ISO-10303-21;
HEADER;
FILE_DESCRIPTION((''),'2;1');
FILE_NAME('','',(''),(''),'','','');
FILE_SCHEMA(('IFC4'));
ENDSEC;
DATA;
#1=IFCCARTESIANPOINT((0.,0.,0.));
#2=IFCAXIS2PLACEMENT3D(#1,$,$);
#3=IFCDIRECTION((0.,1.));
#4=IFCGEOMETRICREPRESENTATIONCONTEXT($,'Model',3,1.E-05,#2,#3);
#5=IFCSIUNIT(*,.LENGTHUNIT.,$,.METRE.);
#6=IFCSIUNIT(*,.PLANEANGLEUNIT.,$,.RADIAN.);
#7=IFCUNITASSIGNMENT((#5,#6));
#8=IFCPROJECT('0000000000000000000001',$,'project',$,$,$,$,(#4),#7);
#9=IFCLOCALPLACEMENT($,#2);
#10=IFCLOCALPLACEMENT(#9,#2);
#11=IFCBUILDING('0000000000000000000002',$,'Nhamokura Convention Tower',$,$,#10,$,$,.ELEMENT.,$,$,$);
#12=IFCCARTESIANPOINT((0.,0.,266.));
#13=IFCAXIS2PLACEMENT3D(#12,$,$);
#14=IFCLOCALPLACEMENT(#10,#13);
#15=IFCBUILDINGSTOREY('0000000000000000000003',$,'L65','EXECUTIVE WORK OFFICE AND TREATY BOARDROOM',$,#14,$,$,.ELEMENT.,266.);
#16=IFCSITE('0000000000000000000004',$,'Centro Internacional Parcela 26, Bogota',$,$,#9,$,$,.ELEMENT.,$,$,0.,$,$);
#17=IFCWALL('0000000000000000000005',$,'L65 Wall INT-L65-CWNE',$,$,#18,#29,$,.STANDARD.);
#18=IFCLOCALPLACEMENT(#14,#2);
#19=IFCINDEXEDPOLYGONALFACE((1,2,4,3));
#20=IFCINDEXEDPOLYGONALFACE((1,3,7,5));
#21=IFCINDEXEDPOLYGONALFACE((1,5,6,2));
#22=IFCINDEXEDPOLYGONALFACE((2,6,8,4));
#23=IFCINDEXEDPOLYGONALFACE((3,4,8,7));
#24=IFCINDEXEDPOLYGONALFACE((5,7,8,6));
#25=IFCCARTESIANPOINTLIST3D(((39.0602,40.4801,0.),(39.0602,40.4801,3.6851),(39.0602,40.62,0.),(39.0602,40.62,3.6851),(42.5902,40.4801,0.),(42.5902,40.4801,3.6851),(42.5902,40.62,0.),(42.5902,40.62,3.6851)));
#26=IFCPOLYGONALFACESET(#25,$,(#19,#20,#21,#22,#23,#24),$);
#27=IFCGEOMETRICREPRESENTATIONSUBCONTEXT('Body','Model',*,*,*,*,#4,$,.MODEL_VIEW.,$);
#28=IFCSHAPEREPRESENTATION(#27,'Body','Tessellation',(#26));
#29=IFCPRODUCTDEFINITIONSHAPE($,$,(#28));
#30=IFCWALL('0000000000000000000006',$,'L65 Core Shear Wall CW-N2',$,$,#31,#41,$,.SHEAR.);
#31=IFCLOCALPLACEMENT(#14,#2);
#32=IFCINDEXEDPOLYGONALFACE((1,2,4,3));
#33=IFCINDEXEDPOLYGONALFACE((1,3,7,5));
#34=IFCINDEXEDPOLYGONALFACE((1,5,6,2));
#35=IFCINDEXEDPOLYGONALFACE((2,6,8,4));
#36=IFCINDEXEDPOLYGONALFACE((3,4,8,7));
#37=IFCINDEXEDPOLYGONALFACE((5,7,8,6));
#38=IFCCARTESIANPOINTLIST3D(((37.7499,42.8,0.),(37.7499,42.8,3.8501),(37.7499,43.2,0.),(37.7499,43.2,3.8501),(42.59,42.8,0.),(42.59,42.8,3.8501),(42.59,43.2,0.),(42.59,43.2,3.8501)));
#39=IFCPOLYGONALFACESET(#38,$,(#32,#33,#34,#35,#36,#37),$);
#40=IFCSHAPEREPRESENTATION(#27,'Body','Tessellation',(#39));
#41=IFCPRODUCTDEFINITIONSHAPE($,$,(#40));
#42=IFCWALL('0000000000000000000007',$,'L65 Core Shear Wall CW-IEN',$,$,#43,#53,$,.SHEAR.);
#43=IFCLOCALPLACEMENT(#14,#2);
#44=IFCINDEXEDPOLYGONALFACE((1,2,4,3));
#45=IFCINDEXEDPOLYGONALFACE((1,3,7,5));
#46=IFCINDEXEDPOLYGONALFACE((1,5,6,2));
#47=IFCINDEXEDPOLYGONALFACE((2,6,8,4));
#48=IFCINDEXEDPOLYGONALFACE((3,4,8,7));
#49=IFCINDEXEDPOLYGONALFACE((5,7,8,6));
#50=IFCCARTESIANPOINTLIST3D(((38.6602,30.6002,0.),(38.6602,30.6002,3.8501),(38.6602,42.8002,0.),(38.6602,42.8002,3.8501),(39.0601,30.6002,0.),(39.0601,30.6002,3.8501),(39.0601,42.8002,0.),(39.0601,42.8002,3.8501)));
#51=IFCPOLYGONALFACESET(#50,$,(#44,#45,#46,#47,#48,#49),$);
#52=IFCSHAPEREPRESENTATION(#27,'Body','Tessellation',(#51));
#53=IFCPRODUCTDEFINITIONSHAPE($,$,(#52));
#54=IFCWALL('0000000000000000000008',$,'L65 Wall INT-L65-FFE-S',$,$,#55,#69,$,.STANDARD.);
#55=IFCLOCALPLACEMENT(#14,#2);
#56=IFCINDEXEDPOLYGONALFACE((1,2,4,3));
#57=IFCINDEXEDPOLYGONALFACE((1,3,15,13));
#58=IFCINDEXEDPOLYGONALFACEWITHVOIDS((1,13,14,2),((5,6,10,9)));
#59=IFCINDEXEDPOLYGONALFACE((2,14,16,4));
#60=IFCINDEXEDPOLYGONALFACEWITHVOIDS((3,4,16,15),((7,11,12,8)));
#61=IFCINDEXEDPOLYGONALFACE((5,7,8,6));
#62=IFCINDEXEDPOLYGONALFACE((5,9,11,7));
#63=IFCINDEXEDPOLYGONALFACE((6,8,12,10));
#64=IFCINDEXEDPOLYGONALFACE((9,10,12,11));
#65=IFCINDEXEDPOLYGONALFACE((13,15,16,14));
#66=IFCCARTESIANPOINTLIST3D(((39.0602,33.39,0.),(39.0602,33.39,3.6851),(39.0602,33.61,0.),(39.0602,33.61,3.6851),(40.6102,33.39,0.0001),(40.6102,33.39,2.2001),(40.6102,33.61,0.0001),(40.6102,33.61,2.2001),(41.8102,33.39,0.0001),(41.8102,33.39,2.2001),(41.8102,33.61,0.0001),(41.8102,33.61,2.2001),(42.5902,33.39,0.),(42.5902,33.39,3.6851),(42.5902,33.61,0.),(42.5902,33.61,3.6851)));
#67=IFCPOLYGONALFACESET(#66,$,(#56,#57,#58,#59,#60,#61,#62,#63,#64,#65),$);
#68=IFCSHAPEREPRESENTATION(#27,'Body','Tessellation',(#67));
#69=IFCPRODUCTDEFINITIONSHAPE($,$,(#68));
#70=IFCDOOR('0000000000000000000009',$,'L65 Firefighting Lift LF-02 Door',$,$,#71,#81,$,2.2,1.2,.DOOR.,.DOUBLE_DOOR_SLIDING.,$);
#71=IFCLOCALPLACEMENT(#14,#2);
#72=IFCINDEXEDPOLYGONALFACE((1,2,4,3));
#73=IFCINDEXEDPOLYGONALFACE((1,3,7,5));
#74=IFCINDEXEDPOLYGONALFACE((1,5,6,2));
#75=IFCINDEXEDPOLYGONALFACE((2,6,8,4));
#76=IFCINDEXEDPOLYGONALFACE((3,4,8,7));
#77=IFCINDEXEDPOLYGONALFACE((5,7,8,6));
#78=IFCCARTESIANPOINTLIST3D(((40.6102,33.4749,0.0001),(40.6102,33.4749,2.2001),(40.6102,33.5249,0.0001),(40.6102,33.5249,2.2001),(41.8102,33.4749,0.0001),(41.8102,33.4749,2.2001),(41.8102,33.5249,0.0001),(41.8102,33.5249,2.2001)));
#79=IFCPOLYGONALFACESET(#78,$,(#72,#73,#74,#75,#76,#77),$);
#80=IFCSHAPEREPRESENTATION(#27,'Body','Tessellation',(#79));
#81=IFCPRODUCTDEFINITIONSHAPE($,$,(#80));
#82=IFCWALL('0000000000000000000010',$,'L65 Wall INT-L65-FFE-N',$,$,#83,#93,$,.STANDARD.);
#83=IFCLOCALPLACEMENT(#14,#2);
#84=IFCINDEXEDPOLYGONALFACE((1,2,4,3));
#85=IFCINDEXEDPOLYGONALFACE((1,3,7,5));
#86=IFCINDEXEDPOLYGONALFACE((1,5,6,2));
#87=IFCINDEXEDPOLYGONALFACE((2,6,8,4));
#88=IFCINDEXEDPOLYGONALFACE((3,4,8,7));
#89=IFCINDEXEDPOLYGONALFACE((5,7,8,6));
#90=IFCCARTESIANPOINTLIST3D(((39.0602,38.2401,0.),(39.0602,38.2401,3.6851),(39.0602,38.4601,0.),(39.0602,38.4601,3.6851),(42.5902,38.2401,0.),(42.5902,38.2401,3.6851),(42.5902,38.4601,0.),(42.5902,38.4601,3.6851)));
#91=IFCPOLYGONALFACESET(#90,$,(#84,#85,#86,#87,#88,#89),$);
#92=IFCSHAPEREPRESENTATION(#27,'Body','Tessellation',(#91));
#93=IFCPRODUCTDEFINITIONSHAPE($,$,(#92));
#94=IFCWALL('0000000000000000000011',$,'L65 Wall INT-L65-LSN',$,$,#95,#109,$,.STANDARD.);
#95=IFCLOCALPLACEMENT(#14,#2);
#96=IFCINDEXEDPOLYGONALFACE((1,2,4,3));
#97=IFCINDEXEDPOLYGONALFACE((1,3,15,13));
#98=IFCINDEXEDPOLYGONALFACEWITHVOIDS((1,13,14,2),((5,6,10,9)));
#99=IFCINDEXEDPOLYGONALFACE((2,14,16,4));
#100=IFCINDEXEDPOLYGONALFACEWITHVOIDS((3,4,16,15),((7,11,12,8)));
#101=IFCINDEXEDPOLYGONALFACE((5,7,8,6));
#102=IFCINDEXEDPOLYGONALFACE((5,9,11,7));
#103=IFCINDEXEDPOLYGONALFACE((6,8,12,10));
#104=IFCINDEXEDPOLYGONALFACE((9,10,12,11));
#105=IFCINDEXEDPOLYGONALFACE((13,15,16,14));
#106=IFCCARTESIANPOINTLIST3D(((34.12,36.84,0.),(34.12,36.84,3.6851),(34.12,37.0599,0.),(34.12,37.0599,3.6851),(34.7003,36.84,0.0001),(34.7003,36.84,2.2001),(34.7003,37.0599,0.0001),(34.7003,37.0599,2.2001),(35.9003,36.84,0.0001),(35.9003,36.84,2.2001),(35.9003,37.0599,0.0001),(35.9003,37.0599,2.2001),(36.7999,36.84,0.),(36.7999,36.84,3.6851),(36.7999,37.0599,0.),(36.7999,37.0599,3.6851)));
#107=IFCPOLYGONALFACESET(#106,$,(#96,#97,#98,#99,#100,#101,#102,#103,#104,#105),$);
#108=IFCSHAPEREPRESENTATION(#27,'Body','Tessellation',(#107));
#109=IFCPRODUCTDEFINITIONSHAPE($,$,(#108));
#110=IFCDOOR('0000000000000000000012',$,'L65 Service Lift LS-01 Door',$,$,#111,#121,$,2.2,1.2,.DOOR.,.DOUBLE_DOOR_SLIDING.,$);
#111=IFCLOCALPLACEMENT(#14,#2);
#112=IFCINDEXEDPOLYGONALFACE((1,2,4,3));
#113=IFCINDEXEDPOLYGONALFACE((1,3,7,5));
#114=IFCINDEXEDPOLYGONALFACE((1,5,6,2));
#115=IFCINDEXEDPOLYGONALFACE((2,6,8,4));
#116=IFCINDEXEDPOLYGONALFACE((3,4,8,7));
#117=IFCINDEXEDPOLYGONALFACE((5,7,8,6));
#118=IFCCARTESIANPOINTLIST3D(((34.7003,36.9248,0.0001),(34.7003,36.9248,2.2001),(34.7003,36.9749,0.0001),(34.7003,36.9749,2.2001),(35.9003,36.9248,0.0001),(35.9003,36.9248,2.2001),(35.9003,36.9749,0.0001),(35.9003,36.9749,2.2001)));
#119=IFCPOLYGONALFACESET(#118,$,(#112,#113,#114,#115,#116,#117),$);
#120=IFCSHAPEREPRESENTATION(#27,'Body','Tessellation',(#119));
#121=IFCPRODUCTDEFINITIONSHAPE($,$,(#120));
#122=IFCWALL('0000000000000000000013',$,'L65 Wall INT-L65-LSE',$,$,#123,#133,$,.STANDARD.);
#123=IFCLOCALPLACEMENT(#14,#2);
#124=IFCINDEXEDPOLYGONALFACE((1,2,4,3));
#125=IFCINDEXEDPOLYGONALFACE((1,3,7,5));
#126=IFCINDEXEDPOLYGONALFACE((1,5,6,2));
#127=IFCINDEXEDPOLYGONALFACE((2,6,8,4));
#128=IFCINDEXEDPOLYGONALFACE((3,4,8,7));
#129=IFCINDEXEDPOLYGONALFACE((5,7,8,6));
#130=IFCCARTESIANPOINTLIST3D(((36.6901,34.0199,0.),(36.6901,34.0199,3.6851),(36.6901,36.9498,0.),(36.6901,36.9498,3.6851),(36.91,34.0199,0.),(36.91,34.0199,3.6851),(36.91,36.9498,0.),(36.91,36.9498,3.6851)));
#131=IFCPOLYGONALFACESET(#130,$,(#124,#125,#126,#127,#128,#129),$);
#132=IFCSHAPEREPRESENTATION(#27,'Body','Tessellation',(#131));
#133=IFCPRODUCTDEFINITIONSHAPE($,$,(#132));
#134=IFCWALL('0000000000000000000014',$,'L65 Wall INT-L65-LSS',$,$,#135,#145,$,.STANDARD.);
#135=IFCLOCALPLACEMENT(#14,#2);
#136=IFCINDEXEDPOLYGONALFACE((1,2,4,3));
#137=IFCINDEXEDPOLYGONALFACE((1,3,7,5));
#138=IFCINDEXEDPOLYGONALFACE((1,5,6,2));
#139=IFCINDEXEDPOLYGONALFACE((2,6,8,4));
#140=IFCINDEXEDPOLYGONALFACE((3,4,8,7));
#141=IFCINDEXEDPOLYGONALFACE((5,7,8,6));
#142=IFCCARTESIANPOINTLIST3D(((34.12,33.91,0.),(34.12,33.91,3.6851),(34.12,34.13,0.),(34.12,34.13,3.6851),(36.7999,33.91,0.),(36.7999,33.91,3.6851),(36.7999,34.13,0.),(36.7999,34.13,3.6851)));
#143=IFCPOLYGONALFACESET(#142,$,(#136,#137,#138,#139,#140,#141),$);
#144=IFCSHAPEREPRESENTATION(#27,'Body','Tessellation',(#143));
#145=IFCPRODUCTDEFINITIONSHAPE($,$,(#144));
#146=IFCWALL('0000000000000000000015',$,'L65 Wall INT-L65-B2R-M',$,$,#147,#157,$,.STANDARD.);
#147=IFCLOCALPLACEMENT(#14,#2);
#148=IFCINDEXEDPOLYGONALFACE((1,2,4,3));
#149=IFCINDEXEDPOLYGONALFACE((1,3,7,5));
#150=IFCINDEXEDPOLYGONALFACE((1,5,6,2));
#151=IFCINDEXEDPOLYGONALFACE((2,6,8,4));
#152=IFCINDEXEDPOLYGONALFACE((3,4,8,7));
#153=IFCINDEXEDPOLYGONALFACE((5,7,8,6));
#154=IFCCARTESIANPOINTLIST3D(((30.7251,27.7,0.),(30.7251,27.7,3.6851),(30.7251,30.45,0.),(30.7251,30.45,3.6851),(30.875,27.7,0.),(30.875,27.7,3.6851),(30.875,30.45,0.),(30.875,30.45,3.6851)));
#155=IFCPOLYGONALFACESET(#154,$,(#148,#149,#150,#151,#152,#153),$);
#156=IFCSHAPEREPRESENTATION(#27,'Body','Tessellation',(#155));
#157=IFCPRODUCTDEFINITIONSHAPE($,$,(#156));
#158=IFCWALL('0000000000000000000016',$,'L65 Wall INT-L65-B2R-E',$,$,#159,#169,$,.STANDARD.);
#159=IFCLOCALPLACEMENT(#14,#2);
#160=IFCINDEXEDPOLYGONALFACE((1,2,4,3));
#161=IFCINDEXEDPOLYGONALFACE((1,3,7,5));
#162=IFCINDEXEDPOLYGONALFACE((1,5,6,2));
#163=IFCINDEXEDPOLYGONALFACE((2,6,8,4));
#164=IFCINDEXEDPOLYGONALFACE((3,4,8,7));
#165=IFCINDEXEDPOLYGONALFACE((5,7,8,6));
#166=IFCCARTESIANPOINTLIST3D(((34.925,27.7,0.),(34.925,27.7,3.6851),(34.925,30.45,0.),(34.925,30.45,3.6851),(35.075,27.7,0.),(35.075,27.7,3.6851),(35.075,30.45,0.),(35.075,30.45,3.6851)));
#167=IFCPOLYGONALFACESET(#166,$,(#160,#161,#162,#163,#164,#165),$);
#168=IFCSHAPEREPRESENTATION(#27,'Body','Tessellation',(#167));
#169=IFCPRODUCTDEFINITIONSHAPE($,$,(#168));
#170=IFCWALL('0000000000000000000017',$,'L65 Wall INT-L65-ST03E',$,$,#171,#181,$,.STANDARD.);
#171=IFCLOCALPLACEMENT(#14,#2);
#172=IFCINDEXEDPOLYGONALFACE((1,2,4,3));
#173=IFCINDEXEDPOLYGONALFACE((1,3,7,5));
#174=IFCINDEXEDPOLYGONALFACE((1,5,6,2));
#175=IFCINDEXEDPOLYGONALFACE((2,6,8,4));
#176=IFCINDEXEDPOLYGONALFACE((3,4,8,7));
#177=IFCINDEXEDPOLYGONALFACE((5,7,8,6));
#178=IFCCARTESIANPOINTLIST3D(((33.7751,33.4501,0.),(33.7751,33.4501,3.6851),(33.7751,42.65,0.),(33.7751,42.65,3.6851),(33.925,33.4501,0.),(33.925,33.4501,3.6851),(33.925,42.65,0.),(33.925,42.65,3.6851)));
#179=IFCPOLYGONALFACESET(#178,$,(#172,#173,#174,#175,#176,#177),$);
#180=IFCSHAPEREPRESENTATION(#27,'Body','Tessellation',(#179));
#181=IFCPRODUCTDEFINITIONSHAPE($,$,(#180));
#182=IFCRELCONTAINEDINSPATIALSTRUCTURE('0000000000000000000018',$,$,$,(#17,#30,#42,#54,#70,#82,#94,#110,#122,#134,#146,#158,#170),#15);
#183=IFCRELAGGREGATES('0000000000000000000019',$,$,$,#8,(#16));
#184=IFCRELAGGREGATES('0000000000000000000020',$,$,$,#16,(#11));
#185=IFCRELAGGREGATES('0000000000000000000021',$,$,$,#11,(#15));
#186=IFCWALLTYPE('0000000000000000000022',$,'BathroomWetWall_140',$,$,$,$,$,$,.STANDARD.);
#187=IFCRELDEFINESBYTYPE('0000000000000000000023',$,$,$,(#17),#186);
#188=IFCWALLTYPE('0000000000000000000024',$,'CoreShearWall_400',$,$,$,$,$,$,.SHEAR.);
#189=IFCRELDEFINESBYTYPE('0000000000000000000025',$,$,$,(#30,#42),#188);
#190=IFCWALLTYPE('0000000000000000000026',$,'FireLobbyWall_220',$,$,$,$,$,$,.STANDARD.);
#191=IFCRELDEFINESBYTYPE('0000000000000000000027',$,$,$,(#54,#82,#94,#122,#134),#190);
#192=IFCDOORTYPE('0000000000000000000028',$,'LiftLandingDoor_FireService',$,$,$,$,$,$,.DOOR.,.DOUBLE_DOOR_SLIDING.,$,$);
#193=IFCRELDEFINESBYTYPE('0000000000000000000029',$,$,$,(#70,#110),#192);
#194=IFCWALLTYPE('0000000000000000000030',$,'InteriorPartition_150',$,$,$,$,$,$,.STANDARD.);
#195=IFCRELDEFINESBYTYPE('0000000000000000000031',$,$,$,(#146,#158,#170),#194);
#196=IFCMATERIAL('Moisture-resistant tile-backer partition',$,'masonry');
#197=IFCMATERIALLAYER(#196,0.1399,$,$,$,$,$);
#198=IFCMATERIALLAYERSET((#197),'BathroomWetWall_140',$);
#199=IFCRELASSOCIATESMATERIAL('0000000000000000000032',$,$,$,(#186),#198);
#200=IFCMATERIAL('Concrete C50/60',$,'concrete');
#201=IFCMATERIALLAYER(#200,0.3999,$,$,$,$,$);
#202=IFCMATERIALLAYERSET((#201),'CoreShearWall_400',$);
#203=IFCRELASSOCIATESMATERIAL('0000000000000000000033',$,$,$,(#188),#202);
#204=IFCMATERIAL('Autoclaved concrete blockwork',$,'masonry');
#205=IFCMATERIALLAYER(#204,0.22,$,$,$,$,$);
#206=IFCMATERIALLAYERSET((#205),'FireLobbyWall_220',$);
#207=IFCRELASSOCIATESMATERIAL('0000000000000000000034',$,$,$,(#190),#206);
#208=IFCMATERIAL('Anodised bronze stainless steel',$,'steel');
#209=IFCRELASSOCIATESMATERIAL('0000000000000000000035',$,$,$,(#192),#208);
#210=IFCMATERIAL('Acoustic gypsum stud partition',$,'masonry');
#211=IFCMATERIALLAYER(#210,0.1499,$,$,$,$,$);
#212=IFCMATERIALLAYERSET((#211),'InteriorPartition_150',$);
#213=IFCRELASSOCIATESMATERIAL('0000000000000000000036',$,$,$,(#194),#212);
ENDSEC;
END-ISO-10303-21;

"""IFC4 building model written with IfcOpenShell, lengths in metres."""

from ifc_helpers import new_model, si_unit, direction, frame, frame_2d, origin, place, context, subcontext, project, spatial, rectangle, extrude, material, layer, layer_set, type_object, element, fill, save


model = new_model("IFC4")

# Units and contexts
model_context = context("Model", 3, precision=1e-05, world=origin(), true_north=direction((0.0, 1.0)))
body_context = subcontext(model_context, "Body", "Model", "MODEL_VIEW")
ifc_project = project(units=[si_unit("LENGTHUNIT", "METRE"), si_unit("PLANEANGLEUNIT", "RADIAN")], contexts=[model_context])

# Site, building, storey
site_placement = place(None, origin())
site = spatial("IfcSite", under=ifc_project, at=site_placement, Name="Centro Internacional Parcela 26, Bogota", CompositionType="ELEMENT", RefElevation=0.0)
building_placement = place(site_placement, origin())
building = spatial("IfcBuilding", under=site, at=building_placement, Name="Nhamokura Convention Tower", CompositionType="ELEMENT")
storey_placement = place(building_placement, frame((0.0, 0.0, 266.0)))
storey = spatial("IfcBuildingStorey", under=building, at=storey_placement, Name="L65", Description="EXECUTIVE WORK OFFICE AND TREATY BOARDROOM", CompositionType="ELEMENT", Elevation=266.0)

# Walls
ifc_material_1 = material(Name="Moisture-resistant tile-backer partition", Category="masonry")
ifc_layer_1 = layer(ifc_material_1, 0.1399)
ifc_layer_set_1 = layer_set([ifc_layer_1], Name="BathroomWetWall_140")
wall_type_1 = type_object("IfcWallType", Name="BathroomWetWall_140", PredefinedType="STANDARD", material=ifc_layer_set_1)
wall_1_placement = place(storey_placement, frame((39.0601, 40.55, 0.0), z_axis=(0.0, 0.0, 1.0), x_axis=(1.0, 0.0, 0.0)))
element("IfcWall", 1, at=wall_1_placement, inside=storey, type_object=wall_type_1, Name="L65 Wall INT-L65-CWNE", PredefinedType="STANDARD", context=body_context, shape_type="SweptSolid", body=[
    extrude(rectangle(XDim=3.53, YDim=0.1399, at=frame_2d((1.7651, 0.0))), origin(), (0.0, 0.0, 1.0), 3.6851),
])
ifc_material_2 = material(Name="Concrete C50/60", Category="concrete")
ifc_layer_2 = layer(ifc_material_2, 0.3999)
ifc_layer_set_2 = layer_set([ifc_layer_2], Name="CoreShearWall_400")
wall_type_2 = type_object("IfcWallType", Name="CoreShearWall_400", PredefinedType="SHEAR", material=ifc_layer_set_2)
wall_2_placement = place(storey_placement, frame((37.75, 43.0, 0.0), z_axis=(0.0, 0.0, 1.0), x_axis=(1.0, 0.0, 0.0)))
element("IfcWall", 2, at=wall_2_placement, inside=storey, type_object=wall_type_2, Name="L65 Core Shear Wall CW-N2", PredefinedType="SHEAR", context=body_context, shape_type="SweptSolid", body=[
    extrude(rectangle(XDim=4.8401, YDim=0.3999, at=frame_2d((2.4199, 0.0))), origin(), (0.0, 0.0, 1.0), 3.8501),
])
wall_3_placement = place(storey_placement, frame((38.8601, 30.6001, 0.0), z_axis=(0.0, 0.0, 1.0), x_axis=(0.0, 1.0, 0.0)))
element("IfcWall", 3, at=wall_3_placement, inside=storey, type_object=wall_type_2, Name="L65 Core Shear Wall CW-IEN", PredefinedType="SHEAR", context=body_context, shape_type="SweptSolid", body=[
    extrude(rectangle(XDim=12.2, YDim=0.3999, at=frame_2d((6.1001, 0.0))), origin(), (0.0, 0.0, 1.0), 3.8501),
])

# Wall, opening, door
ifc_material_3 = material(Name="Autoclaved concrete blockwork", Category="masonry")
ifc_layer_3 = layer(ifc_material_3, 0.22)
ifc_layer_set_3 = layer_set([ifc_layer_3], Name="FireLobbyWall_220")
wall_type_3 = type_object("IfcWallType", Name="FireLobbyWall_220", PredefinedType="STANDARD", material=ifc_layer_set_3)
wall_4_placement = place(storey_placement, frame((39.0601, 33.5, 0.0), z_axis=(0.0, 0.0, 1.0), x_axis=(1.0, 0.0, 0.0)))
wall_4 = element("IfcWall", 4, at=wall_4_placement, inside=storey, type_object=wall_type_3, Name="L65 Wall INT-L65-FFE-S", PredefinedType="STANDARD", context=body_context, shape_type="SweptSolid", body=[
    extrude(rectangle(XDim=3.53, YDim=0.22, at=frame_2d((1.7651, 0.0))), origin(), (0.0, 0.0, 1.0), 3.6851),
])
opening_1_placement = place(wall_4_placement, frame((1.55, 0.0, 0.0)))
opening_1 = element("IfcOpeningElement", 5, at=opening_1_placement, cuts=wall_4, PredefinedType="OPENING", context=body_context, shape_type="SweptSolid", body=[
    extrude(rectangle(XDim=1.2, YDim=2.2, at=frame_2d((0.6001, 1.1001))), frame((0.0, 0.1199, 0.0), z_axis=(0.0, -1.0, 0.0), x_axis=(1.0, 0.0, 0.0)), (0.0, 0.0, 1.0), 0.24),
])
ifc_material_4 = material(Name="Anodised bronze stainless steel", Category="steel")
door_type_1 = type_object("IfcDoorType", Name="LiftLandingDoor_FireService", OperationType="DOUBLE_DOOR_SLIDING", PredefinedType="DOOR", material=ifc_material_4)
door_1_placement = place(opening_1_placement, origin())
door_1 = element("IfcDoor", 6, at=door_1_placement, inside=storey, type_object=door_type_1, Name="L65 Firefighting Lift LF-02 Door", OperationType="DOUBLE_DOOR_SLIDING", OverallHeight=2.2, OverallWidth=1.2, PredefinedType="DOOR", context=body_context, shape_type="SweptSolid", body=[
    extrude(rectangle(XDim=1.2, YDim=2.2, at=frame_2d((0.6001, 1.1001))), frame((0.0, 0.0249, 0.0), z_axis=(0.0, -1.0, 0.0), x_axis=(1.0, 0.0, 0.0)), (0.0, 0.0, 1.0), 0.05),
])
fill(opening_1, door_1)

# Wall
wall_5_placement = place(storey_placement, frame((39.0601, 38.3501, 0.0), z_axis=(0.0, 0.0, 1.0), x_axis=(1.0, 0.0, 0.0)))
element("IfcWall", 7, at=wall_5_placement, inside=storey, type_object=wall_type_3, Name="L65 Wall INT-L65-FFE-N", PredefinedType="STANDARD", context=body_context, shape_type="SweptSolid", body=[
    extrude(rectangle(XDim=3.53, YDim=0.22, at=frame_2d((1.7651, 0.0))), origin(), (0.0, 0.0, 1.0), 3.6851),
])

# Wall, opening, door
wall_6_placement = place(storey_placement, frame((34.1201, 36.95, 0.0), z_axis=(0.0, 0.0, 1.0), x_axis=(1.0, 0.0, 0.0)))
wall_6 = element("IfcWall", 8, at=wall_6_placement, inside=storey, type_object=wall_type_3, Name="L65 Wall INT-L65-LSN", PredefinedType="STANDARD", context=body_context, shape_type="SweptSolid", body=[
    extrude(rectangle(XDim=2.6799, YDim=0.22, at=frame_2d((1.3398, 0.0))), origin(), (0.0, 0.0, 1.0), 3.6851),
])
opening_2_placement = place(wall_6_placement, frame((0.5801, 0.0, 0.0)))
opening_2 = element("IfcOpeningElement", 9, at=opening_2_placement, cuts=wall_6, PredefinedType="OPENING", context=body_context, shape_type="SweptSolid", body=[
    extrude(rectangle(XDim=1.2, YDim=2.2, at=frame_2d((0.6001, 1.1001))), frame((0.0, 0.1199, 0.0), z_axis=(0.0, -1.0, 0.0), x_axis=(1.0, 0.0, 0.0)), (0.0, 0.0, 1.0), 0.24),
])
door_2_placement = place(opening_2_placement, origin())
door_2 = element("IfcDoor", 10, at=door_2_placement, inside=storey, type_object=door_type_1, Name="L65 Service Lift LS-01 Door", OperationType="DOUBLE_DOOR_SLIDING", OverallHeight=2.2, OverallWidth=1.2, PredefinedType="DOOR", context=body_context, shape_type="SweptSolid", body=[
    extrude(rectangle(XDim=1.2, YDim=2.2, at=frame_2d((0.6001, 1.1001))), frame((0.0, 0.0249, 0.0), z_axis=(0.0, -1.0, 0.0), x_axis=(1.0, 0.0, 0.0)), (0.0, 0.0, 1.0), 0.05),
])
fill(opening_2, door_2)

# Walls
wall_7_placement = place(storey_placement, frame((36.8, 34.02, 0.0), z_axis=(0.0, 0.0, 1.0), x_axis=(0.0, 1.0, 0.0)))
element("IfcWall", 11, at=wall_7_placement, inside=storey, type_object=wall_type_3, Name="L65 Wall INT-L65-LSE", PredefinedType="STANDARD", context=body_context, shape_type="SweptSolid", body=[
    extrude(rectangle(XDim=2.9299, YDim=0.22, at=frame_2d((1.4648, 0.0))), origin(), (0.0, 0.0, 1.0), 3.6851),
])
wall_8_placement = place(storey_placement, frame((34.1201, 34.02, 0.0), z_axis=(0.0, 0.0, 1.0), x_axis=(1.0, 0.0, 0.0)))
element("IfcWall", 12, at=wall_8_placement, inside=storey, type_object=wall_type_3, Name="L65 Wall INT-L65-LSS", PredefinedType="STANDARD", context=body_context, shape_type="SweptSolid", body=[
    extrude(rectangle(XDim=2.6799, YDim=0.22, at=frame_2d((1.3398, 0.0))), origin(), (0.0, 0.0, 1.0), 3.6851),
])
ifc_material_5 = material(Name="Acoustic gypsum stud partition", Category="masonry")
ifc_layer_4 = layer(ifc_material_5, 0.1499)
ifc_layer_set_4 = layer_set([ifc_layer_4], Name="InteriorPartition_150")
wall_type_4 = type_object("IfcWallType", Name="InteriorPartition_150", PredefinedType="STANDARD", material=ifc_layer_set_4)
for number, where, z_axis, x_axis, name in (
    (13, (30.8, 27.7, 0.0), (0.0, 0.0, 1.0), (0.0, 1.0, 0.0), "L65 Wall INT-L65-B2R-M"),
    (14, (35.0, 27.7, 0.0), (0.0, 0.0, 1.0), (0.0, 1.0, 0.0), "L65 Wall INT-L65-B2R-E"),
):
    element("IfcWall", number, at=place(storey_placement, frame(where, z_axis=z_axis, x_axis=x_axis)), inside=storey, type_object=wall_type_4, Name=name, PredefinedType="STANDARD", context=body_context, shape_type="SweptSolid", body=[
        extrude(rectangle(XDim=2.75, YDim=0.1499, at=frame_2d((1.375, 0.0))), origin(), (0.0, 0.0, 1.0), 3.6851),
    ])
wall_9_placement = place(storey_placement, frame((33.8501, 33.45, 0.0), z_axis=(0.0, 0.0, 1.0), x_axis=(0.0, 1.0, 0.0)))
element("IfcWall", 15, at=wall_9_placement, inside=storey, type_object=wall_type_4, Name="L65 Wall INT-L65-ST03E", PredefinedType="STANDARD", context=body_context, shape_type="SweptSolid", body=[
    extrude(rectangle(XDim=9.2, YDim=0.1499, at=frame_2d((4.6001, 0.0))), origin(), (0.0, 0.0, 1.0), 3.6851),
])

save(model, "model.ifc")
